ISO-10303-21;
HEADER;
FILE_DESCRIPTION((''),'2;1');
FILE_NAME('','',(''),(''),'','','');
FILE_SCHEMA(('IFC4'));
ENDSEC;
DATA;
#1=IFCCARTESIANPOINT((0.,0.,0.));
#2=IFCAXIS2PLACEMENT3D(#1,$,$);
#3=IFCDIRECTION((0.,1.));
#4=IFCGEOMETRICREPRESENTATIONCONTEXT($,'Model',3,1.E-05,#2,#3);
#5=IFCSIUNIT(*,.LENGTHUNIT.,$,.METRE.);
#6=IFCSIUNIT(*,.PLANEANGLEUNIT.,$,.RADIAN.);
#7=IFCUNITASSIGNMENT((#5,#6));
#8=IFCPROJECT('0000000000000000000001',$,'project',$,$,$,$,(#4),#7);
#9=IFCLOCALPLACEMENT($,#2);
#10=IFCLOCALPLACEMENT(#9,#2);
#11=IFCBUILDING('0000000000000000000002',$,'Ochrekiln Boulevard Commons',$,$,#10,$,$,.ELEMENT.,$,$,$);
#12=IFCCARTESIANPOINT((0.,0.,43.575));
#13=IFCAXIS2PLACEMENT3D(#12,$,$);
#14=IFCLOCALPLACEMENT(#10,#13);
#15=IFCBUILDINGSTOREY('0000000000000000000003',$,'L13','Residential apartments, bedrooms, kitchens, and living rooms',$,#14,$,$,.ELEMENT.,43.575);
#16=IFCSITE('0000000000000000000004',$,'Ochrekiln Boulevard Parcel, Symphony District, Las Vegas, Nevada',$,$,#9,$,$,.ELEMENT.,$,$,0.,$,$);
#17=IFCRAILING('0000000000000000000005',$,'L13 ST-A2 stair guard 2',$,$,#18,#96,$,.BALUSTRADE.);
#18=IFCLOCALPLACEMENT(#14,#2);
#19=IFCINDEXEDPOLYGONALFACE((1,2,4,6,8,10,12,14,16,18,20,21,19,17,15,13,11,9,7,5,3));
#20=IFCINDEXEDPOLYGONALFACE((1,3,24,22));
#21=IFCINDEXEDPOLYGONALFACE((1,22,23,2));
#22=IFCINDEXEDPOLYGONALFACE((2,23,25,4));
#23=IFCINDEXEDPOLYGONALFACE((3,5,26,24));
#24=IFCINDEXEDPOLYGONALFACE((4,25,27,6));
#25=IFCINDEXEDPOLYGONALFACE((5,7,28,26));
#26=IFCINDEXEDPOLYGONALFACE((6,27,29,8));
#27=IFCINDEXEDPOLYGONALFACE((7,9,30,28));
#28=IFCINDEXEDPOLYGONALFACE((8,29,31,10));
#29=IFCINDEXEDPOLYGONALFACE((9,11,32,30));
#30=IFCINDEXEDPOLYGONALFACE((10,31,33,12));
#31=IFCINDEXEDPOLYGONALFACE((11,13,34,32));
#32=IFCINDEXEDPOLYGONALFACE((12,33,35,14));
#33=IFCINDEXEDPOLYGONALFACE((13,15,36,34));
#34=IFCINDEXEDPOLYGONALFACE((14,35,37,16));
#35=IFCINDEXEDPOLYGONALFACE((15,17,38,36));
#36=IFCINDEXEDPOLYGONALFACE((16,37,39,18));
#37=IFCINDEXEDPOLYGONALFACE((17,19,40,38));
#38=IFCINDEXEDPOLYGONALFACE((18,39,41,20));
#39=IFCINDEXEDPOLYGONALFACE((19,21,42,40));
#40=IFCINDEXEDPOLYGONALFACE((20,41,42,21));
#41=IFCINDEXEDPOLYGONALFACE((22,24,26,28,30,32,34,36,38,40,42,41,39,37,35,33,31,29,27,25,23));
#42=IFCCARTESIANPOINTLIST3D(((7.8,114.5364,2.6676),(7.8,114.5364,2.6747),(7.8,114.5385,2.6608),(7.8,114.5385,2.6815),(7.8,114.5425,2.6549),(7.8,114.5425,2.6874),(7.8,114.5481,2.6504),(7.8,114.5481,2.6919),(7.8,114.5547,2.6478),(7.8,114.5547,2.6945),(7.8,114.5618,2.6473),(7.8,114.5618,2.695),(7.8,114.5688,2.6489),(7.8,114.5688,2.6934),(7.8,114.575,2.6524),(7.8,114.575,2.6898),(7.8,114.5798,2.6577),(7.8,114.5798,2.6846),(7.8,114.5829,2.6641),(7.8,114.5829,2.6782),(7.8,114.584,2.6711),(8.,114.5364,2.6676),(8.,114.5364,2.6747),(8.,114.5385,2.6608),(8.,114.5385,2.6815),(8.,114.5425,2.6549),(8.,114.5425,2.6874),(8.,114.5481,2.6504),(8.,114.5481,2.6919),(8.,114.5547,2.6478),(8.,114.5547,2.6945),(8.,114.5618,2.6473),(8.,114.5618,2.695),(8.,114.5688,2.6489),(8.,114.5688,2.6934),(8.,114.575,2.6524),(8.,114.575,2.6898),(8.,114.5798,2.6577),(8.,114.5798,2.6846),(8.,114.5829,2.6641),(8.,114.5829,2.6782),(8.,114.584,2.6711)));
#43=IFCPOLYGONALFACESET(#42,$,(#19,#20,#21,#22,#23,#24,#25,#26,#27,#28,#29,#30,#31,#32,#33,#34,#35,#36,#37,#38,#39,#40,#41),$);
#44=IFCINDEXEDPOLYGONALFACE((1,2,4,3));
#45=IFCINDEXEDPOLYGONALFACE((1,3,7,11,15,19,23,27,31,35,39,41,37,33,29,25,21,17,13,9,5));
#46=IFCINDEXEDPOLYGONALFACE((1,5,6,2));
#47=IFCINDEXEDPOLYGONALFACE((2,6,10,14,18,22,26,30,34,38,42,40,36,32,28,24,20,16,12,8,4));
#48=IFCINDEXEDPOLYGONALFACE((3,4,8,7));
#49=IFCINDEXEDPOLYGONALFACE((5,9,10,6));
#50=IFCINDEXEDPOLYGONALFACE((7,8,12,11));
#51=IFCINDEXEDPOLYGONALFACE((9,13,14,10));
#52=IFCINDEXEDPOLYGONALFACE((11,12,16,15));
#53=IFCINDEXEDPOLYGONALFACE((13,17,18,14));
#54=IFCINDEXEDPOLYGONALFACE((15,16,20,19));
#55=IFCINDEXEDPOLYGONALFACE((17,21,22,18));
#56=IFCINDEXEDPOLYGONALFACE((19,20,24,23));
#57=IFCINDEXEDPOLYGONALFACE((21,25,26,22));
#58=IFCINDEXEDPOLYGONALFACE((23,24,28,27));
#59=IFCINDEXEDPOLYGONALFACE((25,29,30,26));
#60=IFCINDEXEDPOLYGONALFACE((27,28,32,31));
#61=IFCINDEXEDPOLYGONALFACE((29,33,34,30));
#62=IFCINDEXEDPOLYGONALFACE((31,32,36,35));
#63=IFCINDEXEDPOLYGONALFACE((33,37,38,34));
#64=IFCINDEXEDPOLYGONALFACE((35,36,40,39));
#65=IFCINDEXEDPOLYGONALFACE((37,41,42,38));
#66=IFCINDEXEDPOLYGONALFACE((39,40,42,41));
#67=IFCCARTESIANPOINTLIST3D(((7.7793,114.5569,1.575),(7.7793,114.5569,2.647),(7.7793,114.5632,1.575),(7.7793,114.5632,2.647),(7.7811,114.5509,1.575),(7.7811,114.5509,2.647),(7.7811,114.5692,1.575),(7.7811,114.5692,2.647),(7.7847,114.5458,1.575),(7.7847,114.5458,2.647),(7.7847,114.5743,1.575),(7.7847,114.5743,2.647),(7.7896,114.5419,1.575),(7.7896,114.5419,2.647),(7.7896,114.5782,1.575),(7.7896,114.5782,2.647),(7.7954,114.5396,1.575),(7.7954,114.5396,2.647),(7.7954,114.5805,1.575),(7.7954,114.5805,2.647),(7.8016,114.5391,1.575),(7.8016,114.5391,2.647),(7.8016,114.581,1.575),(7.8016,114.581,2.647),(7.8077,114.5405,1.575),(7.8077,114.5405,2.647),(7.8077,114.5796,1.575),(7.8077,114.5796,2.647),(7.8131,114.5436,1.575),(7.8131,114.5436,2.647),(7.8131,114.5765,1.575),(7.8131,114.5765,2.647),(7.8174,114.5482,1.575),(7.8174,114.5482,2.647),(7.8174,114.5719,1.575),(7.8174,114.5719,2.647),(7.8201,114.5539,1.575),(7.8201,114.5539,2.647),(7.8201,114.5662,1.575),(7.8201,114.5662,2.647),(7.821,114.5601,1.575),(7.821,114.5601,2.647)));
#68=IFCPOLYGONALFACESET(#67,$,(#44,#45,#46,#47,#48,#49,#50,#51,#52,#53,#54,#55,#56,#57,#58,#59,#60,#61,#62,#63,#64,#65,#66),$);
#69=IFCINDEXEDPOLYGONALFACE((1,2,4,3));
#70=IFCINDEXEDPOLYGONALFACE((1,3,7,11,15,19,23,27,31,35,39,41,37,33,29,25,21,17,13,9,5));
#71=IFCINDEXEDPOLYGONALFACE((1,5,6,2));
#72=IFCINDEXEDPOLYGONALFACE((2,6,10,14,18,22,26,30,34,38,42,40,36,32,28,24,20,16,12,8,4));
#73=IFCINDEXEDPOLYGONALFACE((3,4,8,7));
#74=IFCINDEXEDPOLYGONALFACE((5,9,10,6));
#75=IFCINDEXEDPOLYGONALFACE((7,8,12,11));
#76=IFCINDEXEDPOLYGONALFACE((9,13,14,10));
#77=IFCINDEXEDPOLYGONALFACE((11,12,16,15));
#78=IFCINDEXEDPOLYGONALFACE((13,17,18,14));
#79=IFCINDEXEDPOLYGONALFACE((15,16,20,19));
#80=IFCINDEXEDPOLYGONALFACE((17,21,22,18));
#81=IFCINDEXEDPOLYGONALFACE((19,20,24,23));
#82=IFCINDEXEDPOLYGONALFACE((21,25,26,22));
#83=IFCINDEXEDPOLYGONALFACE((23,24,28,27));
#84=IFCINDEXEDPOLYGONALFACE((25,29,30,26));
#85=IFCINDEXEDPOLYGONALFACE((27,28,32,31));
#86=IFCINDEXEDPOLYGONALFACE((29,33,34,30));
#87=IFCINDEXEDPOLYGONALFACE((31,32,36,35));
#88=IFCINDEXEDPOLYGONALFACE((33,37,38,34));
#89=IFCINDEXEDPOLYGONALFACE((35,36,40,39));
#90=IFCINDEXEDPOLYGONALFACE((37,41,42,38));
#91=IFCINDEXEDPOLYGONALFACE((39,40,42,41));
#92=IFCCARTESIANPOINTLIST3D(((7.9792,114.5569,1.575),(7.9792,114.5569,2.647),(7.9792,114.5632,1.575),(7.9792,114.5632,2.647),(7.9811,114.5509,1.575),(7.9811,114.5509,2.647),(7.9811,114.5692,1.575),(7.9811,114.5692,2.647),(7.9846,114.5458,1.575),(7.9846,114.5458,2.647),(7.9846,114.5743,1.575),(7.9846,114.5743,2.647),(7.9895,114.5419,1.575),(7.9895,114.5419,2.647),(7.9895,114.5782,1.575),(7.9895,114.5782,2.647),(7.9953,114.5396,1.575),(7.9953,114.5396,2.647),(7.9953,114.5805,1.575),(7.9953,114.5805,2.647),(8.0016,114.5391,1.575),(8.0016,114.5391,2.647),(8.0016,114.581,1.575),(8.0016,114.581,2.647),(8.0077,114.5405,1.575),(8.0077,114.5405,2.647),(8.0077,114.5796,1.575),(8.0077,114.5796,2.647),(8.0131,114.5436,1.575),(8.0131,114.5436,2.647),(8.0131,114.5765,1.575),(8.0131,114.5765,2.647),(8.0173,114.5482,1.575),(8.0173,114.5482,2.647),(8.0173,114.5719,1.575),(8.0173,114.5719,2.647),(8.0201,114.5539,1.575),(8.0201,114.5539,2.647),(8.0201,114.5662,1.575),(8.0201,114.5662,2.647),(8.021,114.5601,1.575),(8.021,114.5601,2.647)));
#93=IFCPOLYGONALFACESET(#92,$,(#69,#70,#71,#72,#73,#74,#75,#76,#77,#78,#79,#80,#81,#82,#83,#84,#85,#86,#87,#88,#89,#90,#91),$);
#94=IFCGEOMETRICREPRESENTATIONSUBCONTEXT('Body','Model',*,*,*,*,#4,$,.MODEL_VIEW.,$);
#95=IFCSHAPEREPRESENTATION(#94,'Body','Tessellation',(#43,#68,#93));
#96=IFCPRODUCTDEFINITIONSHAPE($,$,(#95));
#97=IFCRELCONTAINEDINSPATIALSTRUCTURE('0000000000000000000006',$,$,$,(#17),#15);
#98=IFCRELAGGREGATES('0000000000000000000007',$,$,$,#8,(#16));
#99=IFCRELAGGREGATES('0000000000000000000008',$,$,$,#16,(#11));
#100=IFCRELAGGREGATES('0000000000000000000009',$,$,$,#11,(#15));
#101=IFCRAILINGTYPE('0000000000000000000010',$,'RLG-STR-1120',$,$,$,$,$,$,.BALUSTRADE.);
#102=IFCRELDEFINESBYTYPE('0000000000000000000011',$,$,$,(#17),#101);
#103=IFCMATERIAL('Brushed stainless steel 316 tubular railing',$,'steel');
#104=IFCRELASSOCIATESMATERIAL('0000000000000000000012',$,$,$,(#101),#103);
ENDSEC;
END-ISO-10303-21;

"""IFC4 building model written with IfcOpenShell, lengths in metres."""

from ifc_helpers import new_model, si_unit, direction, frame, origin, origin_2d, place, context, subcontext, project, spatial, circle, extrude, material, type_object, element, save


model = new_model("IFC4")

# Units and contexts
model_context = context("Model", 3, precision=1e-05, world=origin(), true_north=direction((0.0, 1.0)))
body_context = subcontext(model_context, "Body", "Model", "MODEL_VIEW")
ifc_project = project(units=[si_unit("LENGTHUNIT", "METRE"), si_unit("PLANEANGLEUNIT", "RADIAN")], contexts=[model_context])

# Site, building, storey
site_placement = place(None, origin())
site = spatial("IfcSite", under=ifc_project, at=site_placement, Name="Ochrekiln Boulevard Parcel, Symphony District, Las Vegas, Nevada", CompositionType="ELEMENT", RefElevation=0.0)
building_placement = place(site_placement, origin())
building = spatial("IfcBuilding", under=site, at=building_placement, Name="Ochrekiln Boulevard Commons", CompositionType="ELEMENT")
storey_placement = place(building_placement, frame((0.0, 0.0, 43.575)))
storey = spatial("IfcBuildingStorey", under=building, at=storey_placement, Name="L13", Description="Residential apartments, bedrooms, kitchens, and living rooms", CompositionType="ELEMENT", Elevation=43.575)

# Railing
ifc_material_1 = material(Name="Brushed stainless steel 316 tubular railing", Category="steel")
railing_type_1 = type_object("IfcRailingType", Name="RLG-STR-1120", PredefinedType="BALUSTRADE", material=ifc_material_1)
railing_1_placement = place(storey_placement, frame((7.8, 114.5601, 1.575)))
element("IfcRailing", 1, at=railing_1_placement, inside=storey, type_object=railing_type_1, Name="L13 ST-A2 stair guard 2", PredefinedType="BALUSTRADE", context=body_context, shape_type="SweptSolid", body=[
    extrude(circle(Radius=0.0239, at=origin_2d()), frame((0.0, 0.0, 1.0962), z_axis=(1.0, 0.0, 0.0), x_axis=(0.0, 1.0, 0.0)), (0.0, 0.0, 1.0), 0.2),
    extrude(circle(Radius=0.021, at=origin_2d()), origin(), (0.0, 0.0, 1.0), 1.072),
    extrude(circle(Radius=0.021, at=origin_2d()), frame((0.2, 0.0, 0.0)), (0.0, 0.0, 1.0), 1.072),
])

save(model, "model.ifc")
